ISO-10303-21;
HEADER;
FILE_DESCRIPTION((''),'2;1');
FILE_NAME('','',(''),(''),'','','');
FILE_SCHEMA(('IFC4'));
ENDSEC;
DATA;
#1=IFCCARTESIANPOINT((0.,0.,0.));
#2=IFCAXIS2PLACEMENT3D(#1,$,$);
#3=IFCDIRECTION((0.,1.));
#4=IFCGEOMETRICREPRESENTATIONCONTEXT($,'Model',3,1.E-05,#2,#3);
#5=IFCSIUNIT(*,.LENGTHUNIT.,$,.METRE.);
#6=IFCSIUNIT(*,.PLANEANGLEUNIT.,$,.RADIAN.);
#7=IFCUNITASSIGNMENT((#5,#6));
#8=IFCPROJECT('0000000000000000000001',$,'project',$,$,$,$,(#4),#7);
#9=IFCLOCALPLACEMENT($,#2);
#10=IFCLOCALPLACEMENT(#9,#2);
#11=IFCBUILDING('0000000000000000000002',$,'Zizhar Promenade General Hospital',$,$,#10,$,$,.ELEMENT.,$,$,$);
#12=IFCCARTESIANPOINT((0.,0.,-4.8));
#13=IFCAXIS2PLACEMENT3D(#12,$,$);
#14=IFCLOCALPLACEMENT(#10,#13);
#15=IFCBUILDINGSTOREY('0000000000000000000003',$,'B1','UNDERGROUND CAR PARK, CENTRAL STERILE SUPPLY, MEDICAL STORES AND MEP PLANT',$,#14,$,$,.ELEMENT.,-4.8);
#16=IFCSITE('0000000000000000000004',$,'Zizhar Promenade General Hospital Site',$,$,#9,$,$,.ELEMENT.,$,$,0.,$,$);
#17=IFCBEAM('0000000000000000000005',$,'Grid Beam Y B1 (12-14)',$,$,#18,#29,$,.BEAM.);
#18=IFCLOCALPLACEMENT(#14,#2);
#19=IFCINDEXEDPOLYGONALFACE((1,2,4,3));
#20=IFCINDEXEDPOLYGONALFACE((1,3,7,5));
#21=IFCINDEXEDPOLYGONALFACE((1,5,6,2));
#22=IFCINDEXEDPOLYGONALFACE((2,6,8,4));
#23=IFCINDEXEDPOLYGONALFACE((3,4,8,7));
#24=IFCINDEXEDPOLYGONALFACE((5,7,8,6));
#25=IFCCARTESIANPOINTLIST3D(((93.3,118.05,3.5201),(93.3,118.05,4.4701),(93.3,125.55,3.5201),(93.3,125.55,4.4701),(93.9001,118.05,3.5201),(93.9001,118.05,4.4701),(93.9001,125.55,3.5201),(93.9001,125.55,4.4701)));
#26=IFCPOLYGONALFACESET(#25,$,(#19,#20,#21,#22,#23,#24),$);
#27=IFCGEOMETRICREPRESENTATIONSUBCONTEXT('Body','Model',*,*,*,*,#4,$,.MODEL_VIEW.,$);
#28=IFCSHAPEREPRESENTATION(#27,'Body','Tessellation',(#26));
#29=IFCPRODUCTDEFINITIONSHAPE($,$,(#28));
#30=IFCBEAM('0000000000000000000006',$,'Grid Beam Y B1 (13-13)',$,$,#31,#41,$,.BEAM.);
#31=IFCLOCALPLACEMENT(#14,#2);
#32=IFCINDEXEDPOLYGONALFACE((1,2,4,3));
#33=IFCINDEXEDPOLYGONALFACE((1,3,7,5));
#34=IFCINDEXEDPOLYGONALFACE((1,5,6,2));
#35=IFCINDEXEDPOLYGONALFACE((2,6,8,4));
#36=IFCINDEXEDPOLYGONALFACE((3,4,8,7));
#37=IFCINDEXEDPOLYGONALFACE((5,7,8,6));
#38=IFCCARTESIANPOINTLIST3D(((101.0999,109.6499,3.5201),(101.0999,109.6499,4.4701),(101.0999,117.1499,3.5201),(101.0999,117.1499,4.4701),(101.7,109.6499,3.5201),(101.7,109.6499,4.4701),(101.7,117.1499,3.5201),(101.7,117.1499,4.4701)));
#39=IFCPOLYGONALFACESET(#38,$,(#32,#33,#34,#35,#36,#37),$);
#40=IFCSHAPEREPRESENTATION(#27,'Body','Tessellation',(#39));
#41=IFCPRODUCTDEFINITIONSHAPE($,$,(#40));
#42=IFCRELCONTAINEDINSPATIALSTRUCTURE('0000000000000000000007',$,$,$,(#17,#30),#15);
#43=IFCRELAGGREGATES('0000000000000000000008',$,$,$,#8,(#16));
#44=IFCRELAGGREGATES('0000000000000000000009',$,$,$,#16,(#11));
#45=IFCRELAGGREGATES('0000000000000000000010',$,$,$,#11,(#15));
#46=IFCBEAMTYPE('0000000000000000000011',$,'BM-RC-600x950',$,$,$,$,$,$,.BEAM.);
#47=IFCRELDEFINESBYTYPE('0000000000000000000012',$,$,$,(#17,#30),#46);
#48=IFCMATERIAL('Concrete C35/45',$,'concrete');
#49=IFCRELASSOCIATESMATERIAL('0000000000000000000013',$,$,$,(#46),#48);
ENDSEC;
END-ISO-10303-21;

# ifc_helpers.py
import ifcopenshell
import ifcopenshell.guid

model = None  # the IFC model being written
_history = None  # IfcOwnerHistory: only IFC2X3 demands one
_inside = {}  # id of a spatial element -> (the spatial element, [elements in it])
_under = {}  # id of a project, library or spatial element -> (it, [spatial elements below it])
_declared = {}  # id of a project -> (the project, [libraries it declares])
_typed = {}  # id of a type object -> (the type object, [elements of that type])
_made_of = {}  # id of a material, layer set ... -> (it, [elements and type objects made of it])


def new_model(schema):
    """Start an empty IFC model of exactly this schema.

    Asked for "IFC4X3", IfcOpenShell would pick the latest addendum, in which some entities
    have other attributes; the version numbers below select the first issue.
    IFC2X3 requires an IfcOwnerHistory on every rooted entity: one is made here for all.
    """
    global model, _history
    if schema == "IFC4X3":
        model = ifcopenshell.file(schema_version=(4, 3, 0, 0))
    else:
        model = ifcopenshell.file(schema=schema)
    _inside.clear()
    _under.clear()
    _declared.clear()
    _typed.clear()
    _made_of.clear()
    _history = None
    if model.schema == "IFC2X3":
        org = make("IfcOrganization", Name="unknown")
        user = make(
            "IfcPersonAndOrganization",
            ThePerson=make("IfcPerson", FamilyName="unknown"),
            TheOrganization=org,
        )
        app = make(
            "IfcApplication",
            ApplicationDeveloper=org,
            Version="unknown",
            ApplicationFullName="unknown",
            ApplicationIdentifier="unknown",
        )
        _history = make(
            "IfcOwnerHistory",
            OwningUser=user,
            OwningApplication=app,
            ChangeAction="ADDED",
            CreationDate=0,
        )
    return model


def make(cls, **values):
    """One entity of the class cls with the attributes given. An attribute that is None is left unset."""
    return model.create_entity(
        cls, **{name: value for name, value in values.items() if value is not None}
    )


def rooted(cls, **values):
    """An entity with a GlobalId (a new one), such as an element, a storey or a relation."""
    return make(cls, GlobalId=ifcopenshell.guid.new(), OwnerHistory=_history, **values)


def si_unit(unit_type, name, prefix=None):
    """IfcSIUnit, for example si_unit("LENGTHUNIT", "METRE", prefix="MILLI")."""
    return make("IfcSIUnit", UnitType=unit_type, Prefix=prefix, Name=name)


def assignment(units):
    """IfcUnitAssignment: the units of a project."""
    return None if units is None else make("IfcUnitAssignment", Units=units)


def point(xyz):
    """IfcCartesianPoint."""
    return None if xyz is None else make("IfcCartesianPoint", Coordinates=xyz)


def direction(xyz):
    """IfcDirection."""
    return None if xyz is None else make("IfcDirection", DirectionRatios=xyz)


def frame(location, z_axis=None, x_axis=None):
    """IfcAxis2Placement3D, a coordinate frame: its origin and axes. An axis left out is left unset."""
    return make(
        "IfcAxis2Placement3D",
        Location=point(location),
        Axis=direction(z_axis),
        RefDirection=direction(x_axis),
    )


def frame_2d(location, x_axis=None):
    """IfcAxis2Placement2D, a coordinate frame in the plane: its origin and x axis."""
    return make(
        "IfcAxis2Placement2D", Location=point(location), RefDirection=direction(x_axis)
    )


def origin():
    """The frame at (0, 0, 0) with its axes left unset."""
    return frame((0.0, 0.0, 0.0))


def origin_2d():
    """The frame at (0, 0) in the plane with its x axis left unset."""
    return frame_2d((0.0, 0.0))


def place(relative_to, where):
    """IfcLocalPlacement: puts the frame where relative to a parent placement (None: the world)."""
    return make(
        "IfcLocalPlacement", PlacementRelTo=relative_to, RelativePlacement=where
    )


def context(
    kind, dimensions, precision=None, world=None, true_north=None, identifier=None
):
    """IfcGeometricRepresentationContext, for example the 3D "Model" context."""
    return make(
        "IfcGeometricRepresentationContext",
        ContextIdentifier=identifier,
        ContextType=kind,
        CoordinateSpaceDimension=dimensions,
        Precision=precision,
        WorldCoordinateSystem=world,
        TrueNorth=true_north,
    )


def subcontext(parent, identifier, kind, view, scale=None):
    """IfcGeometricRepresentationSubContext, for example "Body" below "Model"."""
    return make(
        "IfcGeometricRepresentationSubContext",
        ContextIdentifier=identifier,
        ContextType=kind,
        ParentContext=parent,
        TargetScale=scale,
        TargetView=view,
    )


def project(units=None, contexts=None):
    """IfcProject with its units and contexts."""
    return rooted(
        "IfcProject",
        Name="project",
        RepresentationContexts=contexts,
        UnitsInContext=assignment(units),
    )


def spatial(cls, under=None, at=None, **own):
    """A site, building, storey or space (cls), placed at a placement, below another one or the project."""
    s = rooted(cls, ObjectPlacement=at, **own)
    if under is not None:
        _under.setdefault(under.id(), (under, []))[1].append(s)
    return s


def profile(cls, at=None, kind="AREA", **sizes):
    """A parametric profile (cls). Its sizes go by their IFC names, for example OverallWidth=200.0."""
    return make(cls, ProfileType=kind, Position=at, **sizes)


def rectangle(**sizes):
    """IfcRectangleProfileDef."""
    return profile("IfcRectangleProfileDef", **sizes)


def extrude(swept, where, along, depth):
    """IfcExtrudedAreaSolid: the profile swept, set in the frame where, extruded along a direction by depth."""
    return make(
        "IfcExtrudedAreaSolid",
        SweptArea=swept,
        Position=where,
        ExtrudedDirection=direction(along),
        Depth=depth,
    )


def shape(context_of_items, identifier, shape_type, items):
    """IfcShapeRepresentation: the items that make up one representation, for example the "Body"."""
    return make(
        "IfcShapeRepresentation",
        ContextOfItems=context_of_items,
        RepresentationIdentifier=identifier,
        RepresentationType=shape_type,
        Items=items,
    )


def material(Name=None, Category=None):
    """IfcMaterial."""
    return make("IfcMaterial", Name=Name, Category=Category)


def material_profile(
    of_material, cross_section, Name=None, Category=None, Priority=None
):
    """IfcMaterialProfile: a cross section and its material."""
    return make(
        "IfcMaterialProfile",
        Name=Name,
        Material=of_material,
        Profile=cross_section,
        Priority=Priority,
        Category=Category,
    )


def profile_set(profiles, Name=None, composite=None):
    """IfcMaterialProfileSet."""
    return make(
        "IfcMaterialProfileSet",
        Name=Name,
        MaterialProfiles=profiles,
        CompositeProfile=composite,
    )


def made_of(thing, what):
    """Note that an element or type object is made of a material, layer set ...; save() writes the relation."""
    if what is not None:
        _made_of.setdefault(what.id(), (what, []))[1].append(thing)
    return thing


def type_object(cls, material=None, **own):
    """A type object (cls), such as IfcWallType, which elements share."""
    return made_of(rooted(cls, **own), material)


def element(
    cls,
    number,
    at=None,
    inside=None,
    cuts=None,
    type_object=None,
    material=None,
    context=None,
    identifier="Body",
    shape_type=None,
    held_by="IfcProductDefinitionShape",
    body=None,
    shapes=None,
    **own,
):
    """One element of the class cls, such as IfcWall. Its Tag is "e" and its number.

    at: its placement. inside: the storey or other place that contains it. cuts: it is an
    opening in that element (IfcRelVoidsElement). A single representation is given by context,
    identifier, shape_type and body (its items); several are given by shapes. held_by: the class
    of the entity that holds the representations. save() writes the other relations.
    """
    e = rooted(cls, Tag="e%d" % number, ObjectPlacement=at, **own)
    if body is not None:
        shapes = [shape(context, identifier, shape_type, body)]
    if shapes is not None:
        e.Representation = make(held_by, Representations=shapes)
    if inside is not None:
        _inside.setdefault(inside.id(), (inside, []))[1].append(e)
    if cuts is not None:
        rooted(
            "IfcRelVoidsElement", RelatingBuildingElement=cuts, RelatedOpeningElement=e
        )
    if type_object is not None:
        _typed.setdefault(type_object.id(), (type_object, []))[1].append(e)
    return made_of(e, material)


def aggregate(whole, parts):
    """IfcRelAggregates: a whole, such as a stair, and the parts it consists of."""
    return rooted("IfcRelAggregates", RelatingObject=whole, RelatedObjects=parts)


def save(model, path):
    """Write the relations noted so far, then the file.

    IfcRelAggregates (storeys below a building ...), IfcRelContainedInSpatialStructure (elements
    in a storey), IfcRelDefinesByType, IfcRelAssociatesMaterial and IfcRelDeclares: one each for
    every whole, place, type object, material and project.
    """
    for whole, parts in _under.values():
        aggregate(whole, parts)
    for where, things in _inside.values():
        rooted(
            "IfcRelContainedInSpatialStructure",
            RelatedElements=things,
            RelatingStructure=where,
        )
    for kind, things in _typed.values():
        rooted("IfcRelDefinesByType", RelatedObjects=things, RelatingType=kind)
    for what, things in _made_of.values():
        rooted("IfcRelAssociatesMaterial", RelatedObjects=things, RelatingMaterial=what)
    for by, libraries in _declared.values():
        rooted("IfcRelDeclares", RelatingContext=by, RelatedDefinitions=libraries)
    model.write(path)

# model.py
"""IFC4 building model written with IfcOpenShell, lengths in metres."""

from ifc_helpers import new_model, si_unit, direction, frame, origin, origin_2d, place, context, subcontext, project, spatial, rectangle, extrude, material, material_profile, profile_set, type_object, element, save


model = new_model("IFC4")

# Units and contexts
model_context = context("Model", 3, precision=1e-05, world=origin(), true_north=direction((0.0, 1.0)))
body_context = subcontext(model_context, "Body", "Model", "MODEL_VIEW")
ifc_project = project(units=[si_unit("LENGTHUNIT", "METRE"), si_unit("PLANEANGLEUNIT", "RADIAN")], contexts=[model_context])

# Site, building, storey
site_placement = place(None, origin())
site = spatial("IfcSite", under=ifc_project, at=site_placement, Name="Zizhar Promenade General Hospital Site", CompositionType="ELEMENT", RefElevation=0.0)
building_placement = place(site_placement, origin())
building = spatial("IfcBuilding", under=site, at=building_placement, Name="Zizhar Promenade General Hospital", CompositionType="ELEMENT")
storey_placement = place(building_placement, frame((0.0, 0.0, -4.8)))
storey = spatial("IfcBuildingStorey", under=building, at=storey_placement, Name="B1", Description="UNDERGROUND CAR PARK, CENTRAL STERILE SUPPLY, MEDICAL STORES AND MEP PLANT", CompositionType="ELEMENT", Elevation=-4.8)

# Beams
ifc_material_1 = material(Name="Concrete C35/45", Category="concrete")
ifc_material_profile_1 = material_profile(ifc_material_1, rectangle(XDim=0.6001, YDim=0.95, at=origin_2d()))
ifc_profile_set_1 = profile_set([ifc_material_profile_1], Name="Concrete C35/45")
beam_type_1 = type_object("IfcBeamType", Name="BM-RC-600x950", PredefinedType="BEAM", material=ifc_profile_set_1)
for number, where, z_axis, x_axis, name in (
    (1, (93.6001, 118.05, 3.9951), (0.0, 1.0, 0.0), (-1.0, 0.0, 0.0), "Grid Beam Y B1 (12-14)"),
    (2, (101.3999, 109.6499, 3.9951), (0.0, 1.0, 0.0), (-1.0, 0.0, 0.0), "Grid Beam Y B1 (13-13)"),
):
    element("IfcBeam", number, at=place(storey_placement, frame(where, z_axis=z_axis, x_axis=x_axis)), inside=storey, type_object=beam_type_1, Name=name, PredefinedType="BEAM", context=body_context, shape_type="SweptSolid", body=[
        extrude(rectangle(XDim=0.6001, YDim=0.95, at=origin_2d()), origin(), (0.0, 0.0, 1.0), 7.5),
    ])

save(model, "model.ifc")
